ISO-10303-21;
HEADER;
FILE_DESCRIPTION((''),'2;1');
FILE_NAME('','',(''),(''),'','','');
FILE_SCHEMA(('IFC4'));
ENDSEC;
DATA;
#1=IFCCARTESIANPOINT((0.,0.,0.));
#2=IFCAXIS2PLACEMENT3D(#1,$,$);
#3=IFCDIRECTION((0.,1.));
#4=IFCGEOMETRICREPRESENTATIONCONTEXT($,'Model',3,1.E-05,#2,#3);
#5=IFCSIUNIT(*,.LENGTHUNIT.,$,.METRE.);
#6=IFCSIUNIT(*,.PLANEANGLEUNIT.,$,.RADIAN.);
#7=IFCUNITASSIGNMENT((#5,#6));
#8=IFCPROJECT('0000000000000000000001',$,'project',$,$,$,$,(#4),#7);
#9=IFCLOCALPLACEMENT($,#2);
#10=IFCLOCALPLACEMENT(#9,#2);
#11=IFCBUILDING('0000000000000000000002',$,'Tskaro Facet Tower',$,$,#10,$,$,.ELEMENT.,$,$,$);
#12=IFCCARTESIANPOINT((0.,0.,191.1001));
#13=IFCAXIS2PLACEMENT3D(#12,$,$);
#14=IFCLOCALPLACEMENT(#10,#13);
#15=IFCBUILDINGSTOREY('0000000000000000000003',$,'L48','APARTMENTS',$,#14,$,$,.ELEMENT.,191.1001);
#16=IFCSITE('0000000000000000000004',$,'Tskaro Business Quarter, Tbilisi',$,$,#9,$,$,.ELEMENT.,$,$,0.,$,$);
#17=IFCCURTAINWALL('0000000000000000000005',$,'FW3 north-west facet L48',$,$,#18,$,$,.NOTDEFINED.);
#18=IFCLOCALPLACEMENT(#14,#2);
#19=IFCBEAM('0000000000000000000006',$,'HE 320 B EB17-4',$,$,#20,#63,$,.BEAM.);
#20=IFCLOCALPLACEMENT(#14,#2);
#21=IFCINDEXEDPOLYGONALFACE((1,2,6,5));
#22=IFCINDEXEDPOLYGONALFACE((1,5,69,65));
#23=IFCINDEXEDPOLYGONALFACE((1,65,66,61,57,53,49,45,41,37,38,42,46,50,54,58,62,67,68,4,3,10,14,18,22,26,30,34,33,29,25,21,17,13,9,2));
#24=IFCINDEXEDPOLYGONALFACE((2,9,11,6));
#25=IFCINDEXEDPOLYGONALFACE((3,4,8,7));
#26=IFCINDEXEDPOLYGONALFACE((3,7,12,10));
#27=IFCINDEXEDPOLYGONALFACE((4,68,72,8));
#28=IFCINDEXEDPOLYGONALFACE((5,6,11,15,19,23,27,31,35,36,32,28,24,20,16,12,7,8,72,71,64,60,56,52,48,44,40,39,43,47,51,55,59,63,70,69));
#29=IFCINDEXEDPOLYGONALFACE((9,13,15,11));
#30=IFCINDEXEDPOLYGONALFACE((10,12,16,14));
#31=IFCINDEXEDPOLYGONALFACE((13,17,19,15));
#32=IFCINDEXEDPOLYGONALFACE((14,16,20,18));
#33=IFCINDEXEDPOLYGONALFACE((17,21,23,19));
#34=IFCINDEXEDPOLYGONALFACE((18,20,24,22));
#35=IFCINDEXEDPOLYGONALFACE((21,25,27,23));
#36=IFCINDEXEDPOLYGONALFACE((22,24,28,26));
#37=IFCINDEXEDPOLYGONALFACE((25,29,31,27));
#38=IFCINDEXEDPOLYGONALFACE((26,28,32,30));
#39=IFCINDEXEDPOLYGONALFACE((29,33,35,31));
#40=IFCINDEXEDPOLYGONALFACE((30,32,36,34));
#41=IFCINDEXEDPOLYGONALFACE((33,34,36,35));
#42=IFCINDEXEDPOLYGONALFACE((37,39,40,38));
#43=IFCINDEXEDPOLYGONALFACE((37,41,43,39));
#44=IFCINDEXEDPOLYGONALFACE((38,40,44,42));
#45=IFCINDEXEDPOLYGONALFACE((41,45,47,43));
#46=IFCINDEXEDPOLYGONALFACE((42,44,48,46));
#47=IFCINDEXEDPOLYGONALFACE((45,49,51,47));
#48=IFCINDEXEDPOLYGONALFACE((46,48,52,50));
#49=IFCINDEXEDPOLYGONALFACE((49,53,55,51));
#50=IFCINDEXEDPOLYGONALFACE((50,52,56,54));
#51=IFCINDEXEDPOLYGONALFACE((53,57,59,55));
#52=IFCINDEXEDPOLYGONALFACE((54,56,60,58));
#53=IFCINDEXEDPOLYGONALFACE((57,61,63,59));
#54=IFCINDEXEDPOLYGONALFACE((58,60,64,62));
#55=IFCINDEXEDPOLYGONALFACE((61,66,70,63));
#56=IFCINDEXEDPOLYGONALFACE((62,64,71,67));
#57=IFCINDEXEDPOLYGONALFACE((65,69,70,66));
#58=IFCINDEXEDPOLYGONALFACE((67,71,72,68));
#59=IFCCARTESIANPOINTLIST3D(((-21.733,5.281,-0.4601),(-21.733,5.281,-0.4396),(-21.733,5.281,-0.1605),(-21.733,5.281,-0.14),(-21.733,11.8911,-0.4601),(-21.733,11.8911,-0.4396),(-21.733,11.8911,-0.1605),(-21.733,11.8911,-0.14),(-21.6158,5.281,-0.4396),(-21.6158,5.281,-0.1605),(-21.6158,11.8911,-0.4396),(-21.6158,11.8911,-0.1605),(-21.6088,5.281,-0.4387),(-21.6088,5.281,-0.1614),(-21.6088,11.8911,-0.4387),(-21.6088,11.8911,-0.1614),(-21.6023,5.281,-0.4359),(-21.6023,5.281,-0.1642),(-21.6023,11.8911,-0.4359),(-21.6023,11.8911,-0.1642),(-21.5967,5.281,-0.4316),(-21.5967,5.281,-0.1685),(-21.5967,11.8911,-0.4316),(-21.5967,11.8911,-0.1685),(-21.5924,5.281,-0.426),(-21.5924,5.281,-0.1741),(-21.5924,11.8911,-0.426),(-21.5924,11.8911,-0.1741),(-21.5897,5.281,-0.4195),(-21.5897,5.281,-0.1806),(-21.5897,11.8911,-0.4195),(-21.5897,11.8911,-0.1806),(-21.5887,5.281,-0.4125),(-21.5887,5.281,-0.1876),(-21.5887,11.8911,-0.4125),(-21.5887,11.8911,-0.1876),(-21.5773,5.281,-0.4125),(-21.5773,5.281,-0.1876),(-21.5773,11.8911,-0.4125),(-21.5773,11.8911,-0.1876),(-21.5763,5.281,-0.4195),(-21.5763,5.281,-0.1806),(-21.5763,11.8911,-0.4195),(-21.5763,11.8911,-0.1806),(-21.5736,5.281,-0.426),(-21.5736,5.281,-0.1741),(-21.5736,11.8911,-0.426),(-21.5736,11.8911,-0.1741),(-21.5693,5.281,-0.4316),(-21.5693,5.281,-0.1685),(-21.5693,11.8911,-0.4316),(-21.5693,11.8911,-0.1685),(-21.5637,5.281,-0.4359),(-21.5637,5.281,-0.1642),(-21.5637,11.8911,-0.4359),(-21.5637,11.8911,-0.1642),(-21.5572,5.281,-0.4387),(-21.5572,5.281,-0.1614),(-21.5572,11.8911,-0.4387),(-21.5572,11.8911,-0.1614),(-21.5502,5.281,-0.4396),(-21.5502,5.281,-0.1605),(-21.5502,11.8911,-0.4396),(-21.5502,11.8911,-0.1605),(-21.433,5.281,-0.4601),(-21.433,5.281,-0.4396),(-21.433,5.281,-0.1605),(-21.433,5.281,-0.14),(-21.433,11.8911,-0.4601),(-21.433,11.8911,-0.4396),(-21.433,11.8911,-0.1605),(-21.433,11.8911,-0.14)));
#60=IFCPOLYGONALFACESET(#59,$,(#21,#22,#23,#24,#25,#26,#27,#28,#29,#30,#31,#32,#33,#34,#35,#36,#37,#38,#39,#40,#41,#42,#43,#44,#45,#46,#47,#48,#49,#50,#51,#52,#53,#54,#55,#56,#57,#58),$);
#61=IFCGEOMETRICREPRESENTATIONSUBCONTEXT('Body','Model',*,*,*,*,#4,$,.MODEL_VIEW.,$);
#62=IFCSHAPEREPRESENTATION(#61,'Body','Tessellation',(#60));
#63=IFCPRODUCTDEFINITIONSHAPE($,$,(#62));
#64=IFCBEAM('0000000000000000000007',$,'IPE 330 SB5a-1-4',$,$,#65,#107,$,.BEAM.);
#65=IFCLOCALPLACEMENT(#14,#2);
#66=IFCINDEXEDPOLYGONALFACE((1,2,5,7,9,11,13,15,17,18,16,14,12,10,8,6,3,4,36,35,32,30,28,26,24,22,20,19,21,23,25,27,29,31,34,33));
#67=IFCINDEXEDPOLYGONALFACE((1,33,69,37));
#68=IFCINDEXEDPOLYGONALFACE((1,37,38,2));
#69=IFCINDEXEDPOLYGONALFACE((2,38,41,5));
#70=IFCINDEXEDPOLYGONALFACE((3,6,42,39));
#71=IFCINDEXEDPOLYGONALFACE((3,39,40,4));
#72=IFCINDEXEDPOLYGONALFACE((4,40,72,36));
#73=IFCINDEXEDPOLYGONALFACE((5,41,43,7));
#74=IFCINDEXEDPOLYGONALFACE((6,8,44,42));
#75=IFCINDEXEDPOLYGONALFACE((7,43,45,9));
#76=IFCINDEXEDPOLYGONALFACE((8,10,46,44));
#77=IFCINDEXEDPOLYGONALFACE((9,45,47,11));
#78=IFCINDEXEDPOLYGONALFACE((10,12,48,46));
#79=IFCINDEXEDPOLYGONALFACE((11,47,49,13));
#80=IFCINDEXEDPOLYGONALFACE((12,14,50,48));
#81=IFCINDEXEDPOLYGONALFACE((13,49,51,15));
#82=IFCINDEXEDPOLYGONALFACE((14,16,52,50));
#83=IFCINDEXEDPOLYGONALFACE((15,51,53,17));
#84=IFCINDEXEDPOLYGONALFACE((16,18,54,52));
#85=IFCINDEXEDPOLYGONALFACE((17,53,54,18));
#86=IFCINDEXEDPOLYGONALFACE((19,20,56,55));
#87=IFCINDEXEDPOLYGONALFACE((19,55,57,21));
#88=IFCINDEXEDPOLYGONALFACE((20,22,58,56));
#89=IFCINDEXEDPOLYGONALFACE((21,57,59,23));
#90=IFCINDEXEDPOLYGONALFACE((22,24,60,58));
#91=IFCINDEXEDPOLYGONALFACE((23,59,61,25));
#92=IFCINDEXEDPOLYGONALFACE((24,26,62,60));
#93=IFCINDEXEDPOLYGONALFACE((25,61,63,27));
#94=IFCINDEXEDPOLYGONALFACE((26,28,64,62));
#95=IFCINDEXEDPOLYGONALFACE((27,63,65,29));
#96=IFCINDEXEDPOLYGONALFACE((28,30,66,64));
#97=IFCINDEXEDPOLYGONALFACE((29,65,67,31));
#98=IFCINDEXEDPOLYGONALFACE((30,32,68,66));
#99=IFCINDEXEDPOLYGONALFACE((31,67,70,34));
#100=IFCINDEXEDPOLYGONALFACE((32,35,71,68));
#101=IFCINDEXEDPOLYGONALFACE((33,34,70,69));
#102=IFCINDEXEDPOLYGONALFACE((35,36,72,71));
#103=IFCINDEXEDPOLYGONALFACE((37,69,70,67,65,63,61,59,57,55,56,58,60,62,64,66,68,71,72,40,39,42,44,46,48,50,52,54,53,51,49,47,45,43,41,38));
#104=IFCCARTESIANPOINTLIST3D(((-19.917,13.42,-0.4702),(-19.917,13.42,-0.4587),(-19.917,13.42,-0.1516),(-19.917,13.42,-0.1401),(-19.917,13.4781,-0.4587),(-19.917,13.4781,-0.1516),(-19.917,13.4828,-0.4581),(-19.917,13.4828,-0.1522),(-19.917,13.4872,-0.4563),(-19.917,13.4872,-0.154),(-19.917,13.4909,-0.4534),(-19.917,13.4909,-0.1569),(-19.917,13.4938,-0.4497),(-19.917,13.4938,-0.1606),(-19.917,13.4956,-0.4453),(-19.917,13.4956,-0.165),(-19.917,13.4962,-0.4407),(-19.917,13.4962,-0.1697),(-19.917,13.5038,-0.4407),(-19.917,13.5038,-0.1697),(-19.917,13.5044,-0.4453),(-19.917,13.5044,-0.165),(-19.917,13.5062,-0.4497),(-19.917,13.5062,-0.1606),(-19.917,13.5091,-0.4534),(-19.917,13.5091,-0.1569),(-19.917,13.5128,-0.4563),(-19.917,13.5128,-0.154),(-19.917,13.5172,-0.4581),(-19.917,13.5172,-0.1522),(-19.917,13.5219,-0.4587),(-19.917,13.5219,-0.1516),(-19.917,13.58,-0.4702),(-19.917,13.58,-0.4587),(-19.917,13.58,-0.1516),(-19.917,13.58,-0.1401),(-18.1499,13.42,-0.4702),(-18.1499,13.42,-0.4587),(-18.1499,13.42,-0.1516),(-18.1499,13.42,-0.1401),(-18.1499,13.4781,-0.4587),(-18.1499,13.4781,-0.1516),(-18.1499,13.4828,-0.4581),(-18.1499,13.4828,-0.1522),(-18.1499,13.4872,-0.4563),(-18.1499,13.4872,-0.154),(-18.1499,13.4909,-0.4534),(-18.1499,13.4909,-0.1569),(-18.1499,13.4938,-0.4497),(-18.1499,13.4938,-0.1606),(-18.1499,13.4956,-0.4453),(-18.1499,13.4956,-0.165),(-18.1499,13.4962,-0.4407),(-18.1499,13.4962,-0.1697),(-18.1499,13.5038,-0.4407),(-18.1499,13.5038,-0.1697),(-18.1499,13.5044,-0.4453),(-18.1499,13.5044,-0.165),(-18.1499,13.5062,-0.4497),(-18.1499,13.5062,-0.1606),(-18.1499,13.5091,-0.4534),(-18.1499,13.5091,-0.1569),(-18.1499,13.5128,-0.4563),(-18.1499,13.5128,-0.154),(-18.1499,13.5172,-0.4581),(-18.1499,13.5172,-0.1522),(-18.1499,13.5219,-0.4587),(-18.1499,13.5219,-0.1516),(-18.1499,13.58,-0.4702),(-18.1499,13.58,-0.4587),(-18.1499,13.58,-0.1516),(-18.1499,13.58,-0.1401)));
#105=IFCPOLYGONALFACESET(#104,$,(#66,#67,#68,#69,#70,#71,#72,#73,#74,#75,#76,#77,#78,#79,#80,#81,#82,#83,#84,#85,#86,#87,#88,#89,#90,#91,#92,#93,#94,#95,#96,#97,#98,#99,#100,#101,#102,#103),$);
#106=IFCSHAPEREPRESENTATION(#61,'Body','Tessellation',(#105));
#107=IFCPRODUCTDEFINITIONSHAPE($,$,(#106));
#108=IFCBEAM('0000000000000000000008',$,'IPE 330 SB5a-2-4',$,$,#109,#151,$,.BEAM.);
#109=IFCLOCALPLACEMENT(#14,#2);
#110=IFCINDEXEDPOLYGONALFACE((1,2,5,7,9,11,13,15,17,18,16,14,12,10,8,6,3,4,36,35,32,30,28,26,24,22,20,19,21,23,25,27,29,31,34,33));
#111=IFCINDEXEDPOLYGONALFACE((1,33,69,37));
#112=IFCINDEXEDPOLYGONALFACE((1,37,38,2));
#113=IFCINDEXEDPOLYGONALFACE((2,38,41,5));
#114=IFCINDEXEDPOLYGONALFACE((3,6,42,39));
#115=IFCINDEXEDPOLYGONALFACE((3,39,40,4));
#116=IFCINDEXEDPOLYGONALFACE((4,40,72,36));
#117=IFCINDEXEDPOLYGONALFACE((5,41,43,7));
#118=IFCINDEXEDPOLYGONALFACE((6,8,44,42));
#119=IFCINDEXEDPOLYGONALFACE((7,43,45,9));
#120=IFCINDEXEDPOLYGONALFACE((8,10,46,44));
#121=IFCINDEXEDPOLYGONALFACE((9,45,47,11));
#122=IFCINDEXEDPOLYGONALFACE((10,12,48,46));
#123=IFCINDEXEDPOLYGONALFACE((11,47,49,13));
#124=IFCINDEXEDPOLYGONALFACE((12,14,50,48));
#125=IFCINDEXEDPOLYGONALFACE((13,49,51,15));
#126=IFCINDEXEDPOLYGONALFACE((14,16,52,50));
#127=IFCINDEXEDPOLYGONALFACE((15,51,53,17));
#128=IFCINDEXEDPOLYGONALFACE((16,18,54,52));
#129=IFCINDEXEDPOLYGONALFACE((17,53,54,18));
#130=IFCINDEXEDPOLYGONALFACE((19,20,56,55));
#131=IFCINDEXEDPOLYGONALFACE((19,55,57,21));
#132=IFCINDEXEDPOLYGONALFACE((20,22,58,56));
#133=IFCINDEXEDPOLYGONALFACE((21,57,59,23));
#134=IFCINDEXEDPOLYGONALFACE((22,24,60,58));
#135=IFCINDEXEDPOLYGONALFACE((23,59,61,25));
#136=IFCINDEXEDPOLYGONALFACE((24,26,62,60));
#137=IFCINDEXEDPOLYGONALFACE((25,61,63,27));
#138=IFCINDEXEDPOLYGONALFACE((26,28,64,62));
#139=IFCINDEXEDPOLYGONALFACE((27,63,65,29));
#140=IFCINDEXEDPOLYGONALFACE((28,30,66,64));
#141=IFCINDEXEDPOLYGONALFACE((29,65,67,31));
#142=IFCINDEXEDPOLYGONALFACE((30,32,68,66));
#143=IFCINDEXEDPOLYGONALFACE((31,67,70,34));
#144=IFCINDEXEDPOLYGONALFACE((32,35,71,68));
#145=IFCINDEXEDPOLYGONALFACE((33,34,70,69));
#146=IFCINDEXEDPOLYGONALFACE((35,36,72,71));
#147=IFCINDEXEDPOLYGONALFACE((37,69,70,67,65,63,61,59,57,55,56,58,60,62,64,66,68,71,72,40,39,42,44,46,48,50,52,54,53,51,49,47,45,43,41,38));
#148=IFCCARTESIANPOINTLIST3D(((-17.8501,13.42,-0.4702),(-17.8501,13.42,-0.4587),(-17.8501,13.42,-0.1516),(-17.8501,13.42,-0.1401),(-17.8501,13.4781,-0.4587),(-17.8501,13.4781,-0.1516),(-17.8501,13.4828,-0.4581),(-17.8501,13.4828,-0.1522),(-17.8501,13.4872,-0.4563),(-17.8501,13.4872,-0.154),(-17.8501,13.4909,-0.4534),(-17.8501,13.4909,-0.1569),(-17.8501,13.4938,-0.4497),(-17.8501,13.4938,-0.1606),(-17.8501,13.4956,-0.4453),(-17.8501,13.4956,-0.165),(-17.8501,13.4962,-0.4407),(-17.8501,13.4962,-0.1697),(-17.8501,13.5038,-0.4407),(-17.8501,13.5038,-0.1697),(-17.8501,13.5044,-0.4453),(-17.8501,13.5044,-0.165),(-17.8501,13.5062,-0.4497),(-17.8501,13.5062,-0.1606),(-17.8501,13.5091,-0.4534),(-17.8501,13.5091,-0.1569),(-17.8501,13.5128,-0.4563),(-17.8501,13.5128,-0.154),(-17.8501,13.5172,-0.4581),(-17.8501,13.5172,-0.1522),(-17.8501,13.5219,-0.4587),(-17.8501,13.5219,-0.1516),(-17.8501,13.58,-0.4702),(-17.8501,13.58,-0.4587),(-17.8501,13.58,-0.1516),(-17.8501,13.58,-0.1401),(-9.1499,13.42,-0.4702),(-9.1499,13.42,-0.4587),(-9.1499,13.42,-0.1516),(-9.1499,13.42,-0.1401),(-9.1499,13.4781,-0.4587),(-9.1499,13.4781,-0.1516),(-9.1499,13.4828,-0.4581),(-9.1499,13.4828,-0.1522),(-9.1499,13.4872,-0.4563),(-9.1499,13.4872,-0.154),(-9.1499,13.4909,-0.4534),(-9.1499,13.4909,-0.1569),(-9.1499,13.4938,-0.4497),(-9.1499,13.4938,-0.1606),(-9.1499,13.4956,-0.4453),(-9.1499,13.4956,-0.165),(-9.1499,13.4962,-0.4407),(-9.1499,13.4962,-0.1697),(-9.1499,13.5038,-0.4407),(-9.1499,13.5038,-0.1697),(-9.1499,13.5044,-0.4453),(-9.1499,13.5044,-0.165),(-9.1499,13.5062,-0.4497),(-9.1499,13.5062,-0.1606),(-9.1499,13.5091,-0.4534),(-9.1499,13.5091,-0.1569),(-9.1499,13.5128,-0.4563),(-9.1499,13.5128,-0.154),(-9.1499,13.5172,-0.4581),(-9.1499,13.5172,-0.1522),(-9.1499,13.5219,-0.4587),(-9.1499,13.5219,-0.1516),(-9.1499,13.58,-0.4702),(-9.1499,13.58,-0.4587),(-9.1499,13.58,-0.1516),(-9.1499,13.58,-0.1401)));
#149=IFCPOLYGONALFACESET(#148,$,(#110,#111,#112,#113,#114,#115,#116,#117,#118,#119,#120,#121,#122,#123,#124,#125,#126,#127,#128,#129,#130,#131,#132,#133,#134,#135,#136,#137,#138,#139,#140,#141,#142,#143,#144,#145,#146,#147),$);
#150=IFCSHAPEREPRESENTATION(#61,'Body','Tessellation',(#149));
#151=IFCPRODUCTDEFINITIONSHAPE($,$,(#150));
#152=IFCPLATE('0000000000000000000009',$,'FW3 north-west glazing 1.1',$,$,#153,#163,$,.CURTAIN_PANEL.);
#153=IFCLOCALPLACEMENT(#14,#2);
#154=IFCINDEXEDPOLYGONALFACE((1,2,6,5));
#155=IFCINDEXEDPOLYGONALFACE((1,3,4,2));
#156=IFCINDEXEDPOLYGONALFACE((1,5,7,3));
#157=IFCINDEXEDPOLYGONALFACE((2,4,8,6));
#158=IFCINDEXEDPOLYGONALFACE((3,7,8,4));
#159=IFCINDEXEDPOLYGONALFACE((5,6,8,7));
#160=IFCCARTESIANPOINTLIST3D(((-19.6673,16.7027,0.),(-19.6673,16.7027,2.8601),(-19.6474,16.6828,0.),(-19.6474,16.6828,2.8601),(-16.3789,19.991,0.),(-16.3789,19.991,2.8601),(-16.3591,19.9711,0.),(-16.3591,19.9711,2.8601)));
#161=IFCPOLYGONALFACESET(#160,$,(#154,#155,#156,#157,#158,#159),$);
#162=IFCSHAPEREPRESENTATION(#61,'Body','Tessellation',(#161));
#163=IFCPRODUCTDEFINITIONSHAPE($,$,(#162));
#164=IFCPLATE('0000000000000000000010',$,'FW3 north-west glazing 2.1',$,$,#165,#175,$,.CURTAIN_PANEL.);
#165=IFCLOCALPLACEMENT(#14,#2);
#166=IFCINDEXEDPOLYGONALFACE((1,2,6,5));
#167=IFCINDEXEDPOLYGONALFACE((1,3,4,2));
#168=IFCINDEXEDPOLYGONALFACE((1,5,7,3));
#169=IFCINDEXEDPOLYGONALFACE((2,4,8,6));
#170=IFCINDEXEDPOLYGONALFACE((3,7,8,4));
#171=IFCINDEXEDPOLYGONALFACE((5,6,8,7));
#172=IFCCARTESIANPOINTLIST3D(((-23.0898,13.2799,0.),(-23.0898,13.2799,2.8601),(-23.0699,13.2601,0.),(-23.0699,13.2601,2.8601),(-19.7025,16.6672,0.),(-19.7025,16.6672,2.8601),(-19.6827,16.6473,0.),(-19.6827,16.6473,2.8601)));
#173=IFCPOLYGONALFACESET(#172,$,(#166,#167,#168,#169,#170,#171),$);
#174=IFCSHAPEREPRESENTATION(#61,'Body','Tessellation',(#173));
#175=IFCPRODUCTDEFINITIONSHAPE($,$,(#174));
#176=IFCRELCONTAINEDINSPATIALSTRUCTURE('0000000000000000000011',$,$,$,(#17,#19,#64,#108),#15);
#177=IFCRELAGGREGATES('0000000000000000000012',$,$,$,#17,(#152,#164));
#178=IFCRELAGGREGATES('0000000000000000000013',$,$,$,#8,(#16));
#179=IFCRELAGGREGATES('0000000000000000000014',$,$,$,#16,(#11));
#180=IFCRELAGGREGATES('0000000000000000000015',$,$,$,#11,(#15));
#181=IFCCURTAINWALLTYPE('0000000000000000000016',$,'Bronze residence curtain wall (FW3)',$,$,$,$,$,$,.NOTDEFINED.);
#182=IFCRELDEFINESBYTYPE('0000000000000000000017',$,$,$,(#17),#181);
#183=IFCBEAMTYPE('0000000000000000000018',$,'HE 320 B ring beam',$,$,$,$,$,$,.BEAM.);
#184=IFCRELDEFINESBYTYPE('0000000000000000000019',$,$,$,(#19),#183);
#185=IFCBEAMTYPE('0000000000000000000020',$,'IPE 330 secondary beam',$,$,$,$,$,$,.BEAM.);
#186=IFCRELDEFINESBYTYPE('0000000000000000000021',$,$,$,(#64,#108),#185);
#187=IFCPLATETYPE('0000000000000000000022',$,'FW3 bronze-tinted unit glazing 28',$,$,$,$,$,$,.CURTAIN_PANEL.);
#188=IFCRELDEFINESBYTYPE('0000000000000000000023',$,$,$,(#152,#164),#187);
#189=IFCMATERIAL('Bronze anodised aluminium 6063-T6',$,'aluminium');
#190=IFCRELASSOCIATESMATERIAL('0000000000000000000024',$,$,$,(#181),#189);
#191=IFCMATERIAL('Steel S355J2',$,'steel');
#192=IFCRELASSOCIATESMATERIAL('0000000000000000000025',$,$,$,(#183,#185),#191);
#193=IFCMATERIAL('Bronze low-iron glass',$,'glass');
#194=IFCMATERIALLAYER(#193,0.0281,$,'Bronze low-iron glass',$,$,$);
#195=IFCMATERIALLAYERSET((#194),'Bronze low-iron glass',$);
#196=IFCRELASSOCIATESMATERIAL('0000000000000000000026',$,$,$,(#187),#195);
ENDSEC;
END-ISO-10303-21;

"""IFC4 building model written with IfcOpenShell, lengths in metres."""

from ifc_helpers import new_model, si_unit, direction, frame, origin, origin_2d, place, context, subcontext, project, spatial, rectangle, i_section, extrude, material, layer, layer_set, material_profile, profile_set, type_object, element, aggregate, save


model = new_model("IFC4")

# Units and contexts
model_context = context("Model", 3, precision=1e-05, world=origin(), true_north=direction((0.0, 1.0)))
body_context = subcontext(model_context, "Body", "Model", "MODEL_VIEW")
ifc_project = project(units=[si_unit("LENGTHUNIT", "METRE"), si_unit("PLANEANGLEUNIT", "RADIAN")], contexts=[model_context])

# Site, building, storey
site_placement = place(None, origin())
site = spatial("IfcSite", under=ifc_project, at=site_placement, Name="Tskaro Business Quarter, Tbilisi", CompositionType="ELEMENT", RefElevation=0.0)
building_placement = place(site_placement, origin())
building = spatial("IfcBuilding", under=site, at=building_placement, Name="Tskaro Facet Tower", CompositionType="ELEMENT")
storey_placement = place(building_placement, frame((0.0, 0.0, 191.1001)))
storey = spatial("IfcBuildingStorey", under=building, at=storey_placement, Name="L48", Description="APARTMENTS", CompositionType="ELEMENT", Elevation=191.1001)

# Curtain wall
ifc_material_1 = material(Name="Bronze anodised aluminium 6063-T6", Category="aluminium")
curtain_wall_type = type_object("IfcCurtainWallType", Name="Bronze residence curtain wall (FW3)", PredefinedType="NOTDEFINED", material=ifc_material_1)
curtain_wall_1_placement = place(storey_placement, origin())
curtain_wall_1 = element("IfcCurtainWall", 1, at=curtain_wall_1_placement, inside=storey, type_object=curtain_wall_type, Name="FW3 north-west facet L48", PredefinedType="NOTDEFINED")

# Beams
ifc_material_2 = material(Name="Steel S355J2", Category="steel")
ifc_material_profile_1 = material_profile(ifc_material_2, i_section(OverallWidth=0.3, OverallDepth=0.3201, WebThickness=0.0115, FlangeThickness=0.0205, FilletRadius=0.0271, at=origin_2d()), Name="HE 320 B")
ifc_profile_set_1 = profile_set([ifc_material_profile_1], Name="Steel S355J2")
beam_type_1 = type_object("IfcBeamType", Name="HE 320 B ring beam", PredefinedType="BEAM", material=ifc_profile_set_1)
beam_1_placement = place(storey_placement, frame((-21.583, 11.8911, -0.3), z_axis=(0.0, -1.0, 0.0), x_axis=(1.0, 0.0, 0.0)))
element("IfcBeam", 2, at=beam_1_placement, inside=storey, type_object=beam_type_1, Name="HE 320 B EB17-4", PredefinedType="BEAM", context=body_context, shape_type="SweptSolid", body=[
    extrude(i_section(OverallWidth=0.3, OverallDepth=0.3201, WebThickness=0.0115, FlangeThickness=0.0205, FilletRadius=0.0271, at=origin_2d()), origin(), (0.0, 0.0, 1.0), 6.6101),
])
ifc_material_profile_2 = material_profile(ifc_material_2, i_section(OverallWidth=0.1599, OverallDepth=0.3301, WebThickness=0.0076, FlangeThickness=0.0115, FilletRadius=0.0181, at=origin_2d()), Name="IPE 330")
ifc_profile_set_2 = profile_set([ifc_material_profile_2], Name="Steel S355J2")
beam_type_2 = type_object("IfcBeamType", Name="IPE 330 secondary beam", PredefinedType="BEAM", material=ifc_profile_set_2)
beam_2_placement = place(storey_placement, frame((-19.917, 13.5, -0.3052), z_axis=(1.0, 0.0, 0.0), x_axis=(0.0, 1.0, 0.0)))
element("IfcBeam", 3, at=beam_2_placement, inside=storey, type_object=beam_type_2, Name="IPE 330 SB5a-1-4", PredefinedType="BEAM", context=body_context, shape_type="SweptSolid", body=[
    extrude(i_section(OverallWidth=0.1599, OverallDepth=0.3301, WebThickness=0.0076, FlangeThickness=0.0115, FilletRadius=0.0181, at=origin_2d()), origin(), (0.0, 0.0, 1.0), 1.7671),
])
beam_3_placement = place(storey_placement, frame((-17.8501, 13.5, -0.3052), z_axis=(1.0, 0.0, 0.0), x_axis=(0.0, 1.0, 0.0)))
element("IfcBeam", 4, at=beam_3_placement, inside=storey, type_object=beam_type_2, Name="IPE 330 SB5a-2-4", PredefinedType="BEAM", context=body_context, shape_type="SweptSolid", body=[
    extrude(i_section(OverallWidth=0.1599, OverallDepth=0.3301, WebThickness=0.0076, FlangeThickness=0.0115, FilletRadius=0.0181, at=origin_2d()), origin(), (0.0, 0.0, 1.0), 8.7002),
])

# Plates
ifc_material_3 = material(Name="Bronze low-iron glass", Category="glass")
ifc_layer_1 = layer(ifc_material_3, 0.0281, Name="Bronze low-iron glass")
ifc_layer_set_1 = layer_set([ifc_layer_1], Name="Bronze low-iron glass")
plate_type = type_object("IfcPlateType", Name="FW3 bronze-tinted unit glazing 28", PredefinedType="CURTAIN_PANEL", material=ifc_layer_set_1)
plate_1_placement = place(storey_placement, frame((-18.0132, 18.3369, 0.0), z_axis=(0.0, 0.0, 1.0), x_axis=(-0.707107, -0.707107, 0.0)))
plate_1 = element("IfcPlate", 5, at=plate_1_placement, type_object=plate_type, Name="FW3 north-west glazing 1.1", PredefinedType="CURTAIN_PANEL", context=body_context, shape_type="SweptSolid", body=[
    extrude(rectangle(XDim=4.6504, YDim=0.0281, at=origin_2d()), origin(), (0.0, 0.0, 1.0), 2.8601),
])
plate_2_placement = place(storey_placement, frame((-21.3862, 14.9636, 0.0), z_axis=(0.0, 0.0, 1.0), x_axis=(-0.707107, -0.707107, 0.0)))
plate_2 = element("IfcPlate", 6, at=plate_2_placement, type_object=plate_type, Name="FW3 north-west glazing 2.1", PredefinedType="CURTAIN_PANEL", context=body_context, shape_type="SweptSolid", body=[
    extrude(rectangle(XDim=4.7903, YDim=0.0281, at=origin_2d()), origin(), (0.0, 0.0, 1.0), 2.8601),
])
aggregate(curtain_wall_1, [plate_1, plate_2])

save(model, "model.ifc")
